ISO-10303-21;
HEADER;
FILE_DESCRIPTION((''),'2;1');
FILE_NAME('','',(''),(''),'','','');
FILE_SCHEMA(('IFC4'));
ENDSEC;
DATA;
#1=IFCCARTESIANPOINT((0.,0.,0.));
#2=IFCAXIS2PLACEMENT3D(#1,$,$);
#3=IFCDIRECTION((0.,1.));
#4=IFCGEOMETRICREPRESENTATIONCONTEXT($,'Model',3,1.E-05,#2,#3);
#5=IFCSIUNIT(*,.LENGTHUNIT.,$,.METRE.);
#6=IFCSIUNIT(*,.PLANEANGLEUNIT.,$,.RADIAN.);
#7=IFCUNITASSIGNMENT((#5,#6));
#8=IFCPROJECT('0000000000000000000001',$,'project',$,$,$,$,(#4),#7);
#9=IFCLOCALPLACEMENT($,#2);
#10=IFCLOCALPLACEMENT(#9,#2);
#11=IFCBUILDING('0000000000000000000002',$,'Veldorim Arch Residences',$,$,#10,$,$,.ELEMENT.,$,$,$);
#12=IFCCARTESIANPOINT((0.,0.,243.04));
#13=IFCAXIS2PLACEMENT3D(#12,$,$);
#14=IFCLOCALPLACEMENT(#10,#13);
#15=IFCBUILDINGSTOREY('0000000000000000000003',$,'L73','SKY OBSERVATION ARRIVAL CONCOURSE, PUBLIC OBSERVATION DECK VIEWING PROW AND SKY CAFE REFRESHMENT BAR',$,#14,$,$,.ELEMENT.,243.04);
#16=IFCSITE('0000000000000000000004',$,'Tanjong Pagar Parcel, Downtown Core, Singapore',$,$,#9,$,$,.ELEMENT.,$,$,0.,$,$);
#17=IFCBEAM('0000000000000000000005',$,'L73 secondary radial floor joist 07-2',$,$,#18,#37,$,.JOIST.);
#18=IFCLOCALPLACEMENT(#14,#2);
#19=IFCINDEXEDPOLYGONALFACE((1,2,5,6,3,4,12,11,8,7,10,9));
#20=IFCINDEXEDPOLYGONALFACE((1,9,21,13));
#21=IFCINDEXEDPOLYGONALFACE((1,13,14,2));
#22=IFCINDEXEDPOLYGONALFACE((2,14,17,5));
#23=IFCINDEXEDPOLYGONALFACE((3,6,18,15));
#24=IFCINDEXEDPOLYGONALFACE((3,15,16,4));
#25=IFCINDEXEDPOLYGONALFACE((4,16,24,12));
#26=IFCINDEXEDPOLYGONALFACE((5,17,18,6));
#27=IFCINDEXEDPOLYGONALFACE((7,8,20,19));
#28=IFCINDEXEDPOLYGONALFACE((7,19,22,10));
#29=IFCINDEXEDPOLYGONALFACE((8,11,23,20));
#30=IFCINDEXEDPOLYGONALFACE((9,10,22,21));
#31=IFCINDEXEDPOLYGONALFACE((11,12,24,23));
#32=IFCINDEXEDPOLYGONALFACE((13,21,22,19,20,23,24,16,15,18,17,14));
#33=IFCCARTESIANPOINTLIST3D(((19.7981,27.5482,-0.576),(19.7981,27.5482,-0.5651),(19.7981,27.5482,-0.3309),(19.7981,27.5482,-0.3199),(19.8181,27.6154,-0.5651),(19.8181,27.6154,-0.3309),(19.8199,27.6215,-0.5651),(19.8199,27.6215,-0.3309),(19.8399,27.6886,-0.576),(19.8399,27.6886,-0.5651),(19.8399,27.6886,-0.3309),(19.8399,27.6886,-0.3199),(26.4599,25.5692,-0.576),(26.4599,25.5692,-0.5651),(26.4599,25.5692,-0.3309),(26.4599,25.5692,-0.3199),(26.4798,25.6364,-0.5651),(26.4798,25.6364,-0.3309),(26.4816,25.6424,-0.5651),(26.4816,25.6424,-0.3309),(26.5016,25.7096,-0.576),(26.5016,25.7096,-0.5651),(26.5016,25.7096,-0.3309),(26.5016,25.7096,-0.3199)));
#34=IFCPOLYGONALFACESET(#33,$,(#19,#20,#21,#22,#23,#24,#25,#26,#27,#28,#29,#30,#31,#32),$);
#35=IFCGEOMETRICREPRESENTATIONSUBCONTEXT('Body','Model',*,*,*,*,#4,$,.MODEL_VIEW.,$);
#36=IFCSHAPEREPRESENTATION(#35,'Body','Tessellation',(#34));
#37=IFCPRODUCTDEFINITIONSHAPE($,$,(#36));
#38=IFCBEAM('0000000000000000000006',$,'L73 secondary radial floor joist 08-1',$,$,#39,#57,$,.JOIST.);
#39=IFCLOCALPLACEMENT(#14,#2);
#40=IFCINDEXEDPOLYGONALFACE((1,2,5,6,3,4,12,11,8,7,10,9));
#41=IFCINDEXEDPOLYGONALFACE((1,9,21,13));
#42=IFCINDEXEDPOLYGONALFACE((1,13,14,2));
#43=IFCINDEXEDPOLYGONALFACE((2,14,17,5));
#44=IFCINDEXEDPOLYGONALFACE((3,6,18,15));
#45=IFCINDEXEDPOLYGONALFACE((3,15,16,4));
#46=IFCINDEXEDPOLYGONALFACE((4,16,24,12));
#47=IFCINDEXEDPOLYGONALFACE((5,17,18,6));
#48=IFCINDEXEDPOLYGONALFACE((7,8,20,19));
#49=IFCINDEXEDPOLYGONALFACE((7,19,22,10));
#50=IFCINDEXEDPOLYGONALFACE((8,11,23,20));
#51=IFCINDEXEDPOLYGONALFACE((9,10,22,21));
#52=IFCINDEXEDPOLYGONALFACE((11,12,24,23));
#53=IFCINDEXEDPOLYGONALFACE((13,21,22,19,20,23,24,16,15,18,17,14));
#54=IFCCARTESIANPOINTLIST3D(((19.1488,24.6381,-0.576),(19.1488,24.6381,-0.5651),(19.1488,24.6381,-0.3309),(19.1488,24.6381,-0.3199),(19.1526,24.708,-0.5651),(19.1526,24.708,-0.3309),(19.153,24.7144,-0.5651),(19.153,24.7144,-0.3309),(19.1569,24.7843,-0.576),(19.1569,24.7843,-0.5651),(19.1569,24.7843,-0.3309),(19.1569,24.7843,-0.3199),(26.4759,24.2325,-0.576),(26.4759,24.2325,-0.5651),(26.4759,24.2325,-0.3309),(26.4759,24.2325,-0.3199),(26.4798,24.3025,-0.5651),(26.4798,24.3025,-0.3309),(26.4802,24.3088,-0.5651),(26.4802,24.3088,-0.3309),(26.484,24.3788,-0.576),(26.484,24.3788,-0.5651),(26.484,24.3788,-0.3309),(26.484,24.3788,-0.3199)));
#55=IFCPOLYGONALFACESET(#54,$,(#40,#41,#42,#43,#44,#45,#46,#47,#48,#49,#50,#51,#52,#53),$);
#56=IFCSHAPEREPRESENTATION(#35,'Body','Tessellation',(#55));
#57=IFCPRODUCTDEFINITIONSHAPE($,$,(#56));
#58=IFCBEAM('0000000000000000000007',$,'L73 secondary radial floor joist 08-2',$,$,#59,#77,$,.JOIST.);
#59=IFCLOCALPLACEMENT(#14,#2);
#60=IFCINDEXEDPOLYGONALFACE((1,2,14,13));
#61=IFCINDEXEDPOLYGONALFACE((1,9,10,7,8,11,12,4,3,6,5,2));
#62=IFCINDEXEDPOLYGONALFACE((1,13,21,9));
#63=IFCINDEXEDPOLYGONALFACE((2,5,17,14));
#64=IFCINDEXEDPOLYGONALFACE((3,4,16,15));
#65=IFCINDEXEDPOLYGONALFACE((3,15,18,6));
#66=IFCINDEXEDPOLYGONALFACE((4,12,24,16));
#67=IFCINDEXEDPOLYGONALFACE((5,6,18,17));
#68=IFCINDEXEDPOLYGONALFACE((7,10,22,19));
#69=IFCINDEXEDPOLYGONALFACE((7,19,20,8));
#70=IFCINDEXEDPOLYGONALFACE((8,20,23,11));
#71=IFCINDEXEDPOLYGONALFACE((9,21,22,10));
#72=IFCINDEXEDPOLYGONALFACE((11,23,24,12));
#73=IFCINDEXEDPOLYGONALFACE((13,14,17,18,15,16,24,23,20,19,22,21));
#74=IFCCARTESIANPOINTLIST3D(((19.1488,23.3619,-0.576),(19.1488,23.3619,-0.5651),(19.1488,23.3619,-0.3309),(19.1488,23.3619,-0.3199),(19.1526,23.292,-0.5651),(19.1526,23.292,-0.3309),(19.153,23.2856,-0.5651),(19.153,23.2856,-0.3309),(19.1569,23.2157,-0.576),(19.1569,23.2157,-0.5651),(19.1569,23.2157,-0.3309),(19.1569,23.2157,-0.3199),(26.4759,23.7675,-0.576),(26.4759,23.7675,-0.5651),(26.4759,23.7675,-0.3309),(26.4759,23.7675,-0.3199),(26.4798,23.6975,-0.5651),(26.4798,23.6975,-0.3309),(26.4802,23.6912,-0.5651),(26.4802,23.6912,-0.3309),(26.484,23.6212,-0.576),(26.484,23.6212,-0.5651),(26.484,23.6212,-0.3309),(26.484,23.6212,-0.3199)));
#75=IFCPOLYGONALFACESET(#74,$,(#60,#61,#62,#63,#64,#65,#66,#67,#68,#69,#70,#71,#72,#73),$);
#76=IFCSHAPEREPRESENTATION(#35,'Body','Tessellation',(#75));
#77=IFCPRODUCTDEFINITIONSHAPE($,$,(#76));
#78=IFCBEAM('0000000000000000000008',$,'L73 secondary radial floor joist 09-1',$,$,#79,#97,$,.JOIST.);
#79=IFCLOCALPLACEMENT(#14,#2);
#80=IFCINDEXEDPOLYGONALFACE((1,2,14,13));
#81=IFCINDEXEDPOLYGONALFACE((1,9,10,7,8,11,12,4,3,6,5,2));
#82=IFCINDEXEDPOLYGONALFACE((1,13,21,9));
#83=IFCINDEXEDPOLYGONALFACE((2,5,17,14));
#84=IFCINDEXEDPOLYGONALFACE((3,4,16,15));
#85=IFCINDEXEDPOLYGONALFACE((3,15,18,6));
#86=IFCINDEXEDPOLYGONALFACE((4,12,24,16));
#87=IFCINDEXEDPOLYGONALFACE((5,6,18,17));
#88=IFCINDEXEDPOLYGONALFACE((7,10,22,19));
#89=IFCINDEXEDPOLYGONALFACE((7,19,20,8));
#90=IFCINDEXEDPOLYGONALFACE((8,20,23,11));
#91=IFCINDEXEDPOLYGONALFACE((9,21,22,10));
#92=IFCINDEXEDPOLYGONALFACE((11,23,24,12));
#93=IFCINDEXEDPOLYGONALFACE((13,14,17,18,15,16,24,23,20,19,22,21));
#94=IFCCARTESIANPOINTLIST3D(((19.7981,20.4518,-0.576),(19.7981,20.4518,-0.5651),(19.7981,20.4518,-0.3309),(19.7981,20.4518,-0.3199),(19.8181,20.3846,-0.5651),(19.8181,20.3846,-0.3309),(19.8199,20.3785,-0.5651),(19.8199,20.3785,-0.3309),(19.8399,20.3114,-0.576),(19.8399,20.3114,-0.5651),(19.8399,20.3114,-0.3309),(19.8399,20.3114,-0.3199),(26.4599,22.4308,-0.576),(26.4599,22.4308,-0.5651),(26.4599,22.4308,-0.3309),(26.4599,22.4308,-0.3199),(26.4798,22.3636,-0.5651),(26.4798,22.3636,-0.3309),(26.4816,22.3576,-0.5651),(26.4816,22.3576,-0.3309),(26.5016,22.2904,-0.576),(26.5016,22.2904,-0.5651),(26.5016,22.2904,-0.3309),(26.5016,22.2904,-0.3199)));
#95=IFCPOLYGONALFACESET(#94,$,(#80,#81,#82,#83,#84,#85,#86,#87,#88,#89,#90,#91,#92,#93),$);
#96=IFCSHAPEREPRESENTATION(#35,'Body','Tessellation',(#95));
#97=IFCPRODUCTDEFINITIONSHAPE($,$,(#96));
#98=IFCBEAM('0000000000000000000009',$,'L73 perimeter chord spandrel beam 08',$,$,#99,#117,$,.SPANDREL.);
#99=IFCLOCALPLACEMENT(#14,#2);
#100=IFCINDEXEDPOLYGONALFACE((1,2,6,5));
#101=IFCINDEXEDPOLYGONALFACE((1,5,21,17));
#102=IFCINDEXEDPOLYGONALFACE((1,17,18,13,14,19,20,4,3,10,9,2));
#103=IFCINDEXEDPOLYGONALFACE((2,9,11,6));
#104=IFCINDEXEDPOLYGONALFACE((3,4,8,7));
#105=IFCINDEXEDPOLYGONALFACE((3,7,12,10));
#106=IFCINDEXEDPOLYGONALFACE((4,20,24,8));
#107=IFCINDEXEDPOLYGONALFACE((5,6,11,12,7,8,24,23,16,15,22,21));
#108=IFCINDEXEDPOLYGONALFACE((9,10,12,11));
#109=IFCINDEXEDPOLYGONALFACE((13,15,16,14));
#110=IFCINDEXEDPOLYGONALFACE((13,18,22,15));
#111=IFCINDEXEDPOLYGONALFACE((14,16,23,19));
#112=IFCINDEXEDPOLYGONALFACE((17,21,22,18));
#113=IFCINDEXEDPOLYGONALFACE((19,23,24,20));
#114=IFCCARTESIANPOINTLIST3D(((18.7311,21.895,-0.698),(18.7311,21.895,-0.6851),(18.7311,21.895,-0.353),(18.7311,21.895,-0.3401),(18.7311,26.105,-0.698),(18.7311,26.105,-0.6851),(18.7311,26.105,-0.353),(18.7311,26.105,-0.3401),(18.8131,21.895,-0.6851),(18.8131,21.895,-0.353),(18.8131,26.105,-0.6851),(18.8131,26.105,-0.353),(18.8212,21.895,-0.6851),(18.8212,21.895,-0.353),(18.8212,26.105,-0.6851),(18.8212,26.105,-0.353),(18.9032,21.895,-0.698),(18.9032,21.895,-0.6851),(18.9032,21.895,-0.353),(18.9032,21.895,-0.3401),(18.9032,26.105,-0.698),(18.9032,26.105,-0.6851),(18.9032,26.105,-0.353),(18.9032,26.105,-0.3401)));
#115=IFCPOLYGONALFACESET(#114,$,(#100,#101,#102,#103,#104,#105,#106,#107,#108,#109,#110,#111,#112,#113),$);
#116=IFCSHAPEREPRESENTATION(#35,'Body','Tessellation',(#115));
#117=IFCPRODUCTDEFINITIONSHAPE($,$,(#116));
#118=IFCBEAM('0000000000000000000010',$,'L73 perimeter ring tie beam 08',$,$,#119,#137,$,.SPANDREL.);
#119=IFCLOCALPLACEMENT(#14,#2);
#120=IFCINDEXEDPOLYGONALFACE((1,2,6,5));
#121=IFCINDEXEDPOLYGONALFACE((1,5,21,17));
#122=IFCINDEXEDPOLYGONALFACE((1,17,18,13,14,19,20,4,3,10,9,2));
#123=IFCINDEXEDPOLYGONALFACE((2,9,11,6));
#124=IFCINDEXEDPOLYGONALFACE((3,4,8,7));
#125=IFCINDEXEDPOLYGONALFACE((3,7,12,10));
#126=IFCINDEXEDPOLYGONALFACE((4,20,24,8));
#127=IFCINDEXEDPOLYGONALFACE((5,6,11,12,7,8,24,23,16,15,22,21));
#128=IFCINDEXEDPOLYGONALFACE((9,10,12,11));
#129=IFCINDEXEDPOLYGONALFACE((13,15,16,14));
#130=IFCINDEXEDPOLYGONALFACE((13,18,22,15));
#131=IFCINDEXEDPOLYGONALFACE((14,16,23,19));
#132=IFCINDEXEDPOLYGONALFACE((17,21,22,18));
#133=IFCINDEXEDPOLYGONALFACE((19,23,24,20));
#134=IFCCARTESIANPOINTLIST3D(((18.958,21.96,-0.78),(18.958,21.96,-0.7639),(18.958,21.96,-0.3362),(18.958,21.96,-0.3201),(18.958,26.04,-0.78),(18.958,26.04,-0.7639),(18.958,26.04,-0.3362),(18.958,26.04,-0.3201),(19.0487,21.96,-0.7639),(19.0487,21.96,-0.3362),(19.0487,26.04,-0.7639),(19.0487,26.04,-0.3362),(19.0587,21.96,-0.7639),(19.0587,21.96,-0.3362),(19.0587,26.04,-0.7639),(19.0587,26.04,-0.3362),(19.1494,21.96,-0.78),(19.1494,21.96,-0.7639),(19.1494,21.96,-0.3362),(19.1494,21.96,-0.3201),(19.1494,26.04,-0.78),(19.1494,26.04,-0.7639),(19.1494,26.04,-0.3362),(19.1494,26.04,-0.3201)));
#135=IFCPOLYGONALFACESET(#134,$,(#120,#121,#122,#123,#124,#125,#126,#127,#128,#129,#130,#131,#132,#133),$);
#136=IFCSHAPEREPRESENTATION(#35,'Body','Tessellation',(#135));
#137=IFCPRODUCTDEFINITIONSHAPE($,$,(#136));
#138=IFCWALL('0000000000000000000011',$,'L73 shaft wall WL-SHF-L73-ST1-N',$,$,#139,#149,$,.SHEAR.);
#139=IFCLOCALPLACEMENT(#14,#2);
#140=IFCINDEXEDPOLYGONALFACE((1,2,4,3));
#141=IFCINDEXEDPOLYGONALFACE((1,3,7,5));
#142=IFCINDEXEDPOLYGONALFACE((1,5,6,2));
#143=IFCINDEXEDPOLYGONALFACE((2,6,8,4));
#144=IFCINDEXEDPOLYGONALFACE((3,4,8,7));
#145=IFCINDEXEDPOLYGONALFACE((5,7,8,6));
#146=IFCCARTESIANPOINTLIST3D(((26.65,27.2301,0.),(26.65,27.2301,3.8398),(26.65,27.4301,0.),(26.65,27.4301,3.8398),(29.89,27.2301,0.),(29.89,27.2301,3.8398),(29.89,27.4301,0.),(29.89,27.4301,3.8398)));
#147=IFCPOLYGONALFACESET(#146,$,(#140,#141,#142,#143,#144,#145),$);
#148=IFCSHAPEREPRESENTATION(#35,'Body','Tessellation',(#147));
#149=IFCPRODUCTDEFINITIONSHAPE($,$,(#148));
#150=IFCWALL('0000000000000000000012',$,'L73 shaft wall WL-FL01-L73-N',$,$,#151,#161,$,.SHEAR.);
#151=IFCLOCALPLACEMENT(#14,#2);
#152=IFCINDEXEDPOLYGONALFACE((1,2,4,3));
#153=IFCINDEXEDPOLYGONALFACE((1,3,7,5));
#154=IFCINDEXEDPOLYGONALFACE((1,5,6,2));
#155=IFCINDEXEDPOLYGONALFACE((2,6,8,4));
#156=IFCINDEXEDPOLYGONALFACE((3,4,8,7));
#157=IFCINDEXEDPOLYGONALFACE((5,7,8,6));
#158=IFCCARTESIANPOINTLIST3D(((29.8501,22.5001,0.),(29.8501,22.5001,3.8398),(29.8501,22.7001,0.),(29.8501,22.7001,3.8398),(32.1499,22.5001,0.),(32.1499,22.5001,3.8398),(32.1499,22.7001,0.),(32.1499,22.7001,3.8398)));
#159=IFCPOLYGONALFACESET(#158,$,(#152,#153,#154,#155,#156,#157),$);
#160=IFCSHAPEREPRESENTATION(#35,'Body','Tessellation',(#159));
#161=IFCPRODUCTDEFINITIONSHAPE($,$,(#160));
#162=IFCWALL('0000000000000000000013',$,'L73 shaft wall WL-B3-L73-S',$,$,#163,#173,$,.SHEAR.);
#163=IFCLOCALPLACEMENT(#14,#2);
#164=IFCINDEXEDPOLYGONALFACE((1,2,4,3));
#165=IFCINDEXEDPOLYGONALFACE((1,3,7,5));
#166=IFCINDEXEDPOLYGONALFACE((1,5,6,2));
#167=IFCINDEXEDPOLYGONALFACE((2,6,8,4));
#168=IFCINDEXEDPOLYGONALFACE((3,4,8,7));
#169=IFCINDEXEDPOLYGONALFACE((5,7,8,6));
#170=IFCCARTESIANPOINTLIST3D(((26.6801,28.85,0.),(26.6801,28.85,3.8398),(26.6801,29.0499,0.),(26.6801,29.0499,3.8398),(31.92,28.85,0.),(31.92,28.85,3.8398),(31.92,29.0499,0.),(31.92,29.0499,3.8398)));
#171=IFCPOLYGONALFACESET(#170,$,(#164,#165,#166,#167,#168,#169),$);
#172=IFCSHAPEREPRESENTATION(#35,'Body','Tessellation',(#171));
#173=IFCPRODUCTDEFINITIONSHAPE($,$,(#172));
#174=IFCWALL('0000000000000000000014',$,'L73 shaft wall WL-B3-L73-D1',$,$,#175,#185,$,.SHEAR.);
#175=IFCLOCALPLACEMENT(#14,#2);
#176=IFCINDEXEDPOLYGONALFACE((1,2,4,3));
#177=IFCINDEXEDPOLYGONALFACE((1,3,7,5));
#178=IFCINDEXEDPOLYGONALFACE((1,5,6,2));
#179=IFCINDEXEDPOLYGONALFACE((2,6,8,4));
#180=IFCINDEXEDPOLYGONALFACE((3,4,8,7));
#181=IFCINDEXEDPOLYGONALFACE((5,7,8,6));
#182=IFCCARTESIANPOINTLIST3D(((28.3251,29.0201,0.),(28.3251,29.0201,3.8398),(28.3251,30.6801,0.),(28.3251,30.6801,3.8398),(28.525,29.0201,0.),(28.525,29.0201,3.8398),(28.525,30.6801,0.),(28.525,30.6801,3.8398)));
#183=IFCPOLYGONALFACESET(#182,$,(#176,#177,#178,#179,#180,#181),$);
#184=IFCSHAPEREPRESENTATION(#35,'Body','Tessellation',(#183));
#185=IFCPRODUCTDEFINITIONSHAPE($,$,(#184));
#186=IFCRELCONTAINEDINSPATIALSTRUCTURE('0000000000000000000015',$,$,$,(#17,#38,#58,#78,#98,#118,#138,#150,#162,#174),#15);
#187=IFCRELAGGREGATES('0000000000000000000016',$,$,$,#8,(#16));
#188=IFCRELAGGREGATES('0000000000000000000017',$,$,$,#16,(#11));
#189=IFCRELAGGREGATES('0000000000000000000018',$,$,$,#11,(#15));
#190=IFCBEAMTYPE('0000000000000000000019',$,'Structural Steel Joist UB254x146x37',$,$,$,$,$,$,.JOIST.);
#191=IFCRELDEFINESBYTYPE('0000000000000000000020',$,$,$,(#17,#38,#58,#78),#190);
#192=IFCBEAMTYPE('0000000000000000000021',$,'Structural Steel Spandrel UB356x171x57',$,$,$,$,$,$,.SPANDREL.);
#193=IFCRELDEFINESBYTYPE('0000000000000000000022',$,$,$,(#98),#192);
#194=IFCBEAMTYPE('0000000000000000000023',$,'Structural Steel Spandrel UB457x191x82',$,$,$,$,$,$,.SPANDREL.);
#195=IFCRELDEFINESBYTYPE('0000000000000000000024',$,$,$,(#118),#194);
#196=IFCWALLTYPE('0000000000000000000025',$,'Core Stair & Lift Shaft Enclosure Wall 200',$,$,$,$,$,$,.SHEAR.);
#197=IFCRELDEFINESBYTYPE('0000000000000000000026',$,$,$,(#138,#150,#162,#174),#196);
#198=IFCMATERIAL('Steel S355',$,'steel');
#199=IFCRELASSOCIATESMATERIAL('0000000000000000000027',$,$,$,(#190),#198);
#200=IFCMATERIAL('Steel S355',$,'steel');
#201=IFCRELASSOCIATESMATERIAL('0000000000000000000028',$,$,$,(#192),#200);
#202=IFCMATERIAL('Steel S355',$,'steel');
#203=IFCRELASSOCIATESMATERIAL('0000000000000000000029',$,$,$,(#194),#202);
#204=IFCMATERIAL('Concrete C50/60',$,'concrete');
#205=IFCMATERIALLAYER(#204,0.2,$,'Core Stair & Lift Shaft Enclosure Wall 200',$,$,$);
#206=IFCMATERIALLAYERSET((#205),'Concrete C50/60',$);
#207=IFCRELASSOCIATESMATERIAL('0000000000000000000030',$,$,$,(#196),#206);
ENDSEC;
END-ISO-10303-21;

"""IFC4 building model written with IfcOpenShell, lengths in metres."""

from ifc_helpers import new_model, si_unit, direction, frame, frame_2d, origin, origin_2d, place, context, subcontext, project, spatial, rectangle, i_section, extrude, material, layer, layer_set, material_profile, profile_set, type_object, element, save


model = new_model("IFC4")

# Units and contexts
model_context = context("Model", 3, precision=1e-05, world=origin(), true_north=direction((0.0, 1.0)))
body_context = subcontext(model_context, "Body", "Model", "MODEL_VIEW")
ifc_project = project(units=[si_unit("LENGTHUNIT", "METRE"), si_unit("PLANEANGLEUNIT", "RADIAN")], contexts=[model_context])

# Site, building, storey
site_placement = place(None, origin())
site = spatial("IfcSite", under=ifc_project, at=site_placement, Name="Tanjong Pagar Parcel, Downtown Core, Singapore", CompositionType="ELEMENT", RefElevation=0.0)
building_placement = place(site_placement, origin())
building = spatial("IfcBuilding", under=site, at=building_placement, Name="Veldorim Arch Residences", CompositionType="ELEMENT")
storey_placement = place(building_placement, frame((0.0, 0.0, 243.04)))
storey = spatial("IfcBuildingStorey", under=building, at=storey_placement, Name="L73", Description="SKY OBSERVATION ARRIVAL CONCOURSE, PUBLIC OBSERVATION DECK VIEWING PROW AND SKY CAFE REFRESHMENT BAR", CompositionType="ELEMENT", Elevation=243.04)

# Beams
ifc_material_1 = material(Name="Steel S355", Category="steel")
ifc_material_profile_1 = material_profile(ifc_material_1, i_section(OverallWidth=0.1465, OverallDepth=0.2561, WebThickness=0.0063, FlangeThickness=0.011, at=origin_2d()), Name="UB254x146x37")
ifc_profile_set_1 = profile_set([ifc_material_profile_1], Name="Steel S355")
beam_type_1 = type_object("IfcBeamType", Name="Structural Steel Joist UB254x146x37", PredefinedType="JOIST", material=ifc_profile_set_1)
beam_1_placement = place(storey_placement, frame((26.4807, 25.6394, -0.448), z_axis=(-0.958594, 0.284775, 0.0), x_axis=(-0.284775, -0.958594, 0.0)))
element("IfcBeam", 1, at=beam_1_placement, inside=storey, type_object=beam_type_1, Name="L73 secondary radial floor joist 07-2", PredefinedType="JOIST", context=body_context, shape_type="SweptSolid", body=[
    extrude(i_section(OverallWidth=0.1465, OverallDepth=0.2561, WebThickness=0.0063, FlangeThickness=0.011, at=origin_2d()), origin(), (0.0, 0.0, 1.0), 6.9495),
])
for number, where, z_axis, x_axis, name in (
    (2, (26.48, 24.3057, -0.448), (-0.998472, 0.05526, 0.0), (-0.05526, -0.998472, 0.0), "L73 secondary radial floor joist 08-1"),
    (3, (26.48, 23.6943, -0.448), (-0.998472, -0.05526, 0.0), (0.05526, -0.998472, 0.0), "L73 secondary radial floor joist 08-2"),
):
    element("IfcBeam", number, at=place(storey_placement, frame(where, z_axis=z_axis, x_axis=x_axis)), inside=storey, type_object=beam_type_1, Name=name, PredefinedType="JOIST", context=body_context, shape_type="SweptSolid", body=[
        extrude(i_section(OverallWidth=0.1465, OverallDepth=0.2561, WebThickness=0.0063, FlangeThickness=0.011, at=origin_2d()), origin(), (0.0, 0.0, 1.0), 7.3384),
    ])
beam_2_placement = place(storey_placement, frame((26.4807, 22.3606, -0.448), z_axis=(-0.958594, -0.284775, 0.0), x_axis=(0.284775, -0.958594, 0.0)))
element("IfcBeam", 4, at=beam_2_placement, inside=storey, type_object=beam_type_1, Name="L73 secondary radial floor joist 09-1", PredefinedType="JOIST", context=body_context, shape_type="SweptSolid", body=[
    extrude(i_section(OverallWidth=0.1465, OverallDepth=0.2561, WebThickness=0.0063, FlangeThickness=0.011, at=origin_2d()), origin(), (0.0, 0.0, 1.0), 6.9495),
])
ifc_material_2 = material(Name="Steel S355", Category="steel")
ifc_material_profile_2 = material_profile(ifc_material_2, i_section(OverallWidth=0.1721, OverallDepth=0.3579, WebThickness=0.0081, FlangeThickness=0.0129, at=origin_2d()), Name="UB356x171x57")
ifc_profile_set_2 = profile_set([ifc_material_profile_2], Name="Steel S355")
beam_type_2 = type_object("IfcBeamType", Name="Structural Steel Spandrel UB356x171x57", PredefinedType="SPANDREL", material=ifc_profile_set_2)
beam_3_placement = place(storey_placement, frame((18.8171, 26.105, -0.519), z_axis=(0.0, -1.0, 0.0), x_axis=(1.0, 0.0, 0.0)))
element("IfcBeam", 5, at=beam_3_placement, inside=storey, type_object=beam_type_2, Name="L73 perimeter chord spandrel beam 08", PredefinedType="SPANDREL", context=body_context, shape_type="SweptSolid", body=[
    extrude(i_section(OverallWidth=0.1721, OverallDepth=0.3579, WebThickness=0.0081, FlangeThickness=0.0129, at=origin_2d()), origin(), (0.0, 0.0, 1.0), 4.21),
])
ifc_material_3 = material(Name="Steel S355", Category="steel")
ifc_material_profile_3 = material_profile(ifc_material_3, i_section(OverallWidth=0.1914, OverallDepth=0.46, WebThickness=0.01, FlangeThickness=0.0161, at=origin_2d()), Name="UB457x191x82")
ifc_profile_set_3 = profile_set([ifc_material_profile_3], Name="Steel S355")
beam_type_3 = type_object("IfcBeamType", Name="Structural Steel Spandrel UB457x191x82", PredefinedType="SPANDREL", material=ifc_profile_set_3)
beam_4_placement = place(storey_placement, frame((19.0537, 26.04, -0.55), z_axis=(0.0, -1.0, 0.0), x_axis=(1.0, 0.0, 0.0)))
element("IfcBeam", 6, at=beam_4_placement, inside=storey, type_object=beam_type_3, Name="L73 perimeter ring tie beam 08", PredefinedType="SPANDREL", context=body_context, shape_type="SweptSolid", body=[
    extrude(i_section(OverallWidth=0.1914, OverallDepth=0.46, WebThickness=0.01, FlangeThickness=0.0161, at=origin_2d()), origin(), (0.0, 0.0, 1.0), 4.0801),
])

# Walls
ifc_material_4 = material(Name="Concrete C50/60", Category="concrete")
ifc_layer_1 = layer(ifc_material_4, 0.2, Name="Core Stair & Lift Shaft Enclosure Wall 200")
ifc_layer_set_1 = layer_set([ifc_layer_1], Name="Concrete C50/60")
wall_type_1 = type_object("IfcWallType", Name="Core Stair & Lift Shaft Enclosure Wall 200", PredefinedType="SHEAR", material=ifc_layer_set_1)
wall_1_placement = place(storey_placement, frame((26.6499, 27.3301, 0.0), z_axis=(0.0, 0.0, 1.0), x_axis=(1.0, 0.0, 0.0)))
element("IfcWall", 7, at=wall_1_placement, inside=storey, type_object=wall_type_1, Name="L73 shaft wall WL-SHF-L73-ST1-N", PredefinedType="SHEAR", context=body_context, shape_type="SweptSolid", body=[
    extrude(rectangle(XDim=3.24, YDim=0.2, at=frame_2d((1.6201, 0.0))), origin(), (0.0, 0.0, 1.0), 3.8398),
])
wall_2_placement = place(storey_placement, frame((29.8501, 22.6001, 0.0), z_axis=(0.0, 0.0, 1.0), x_axis=(1.0, 0.0, 0.0)))
element("IfcWall", 8, at=wall_2_placement, inside=storey, type_object=wall_type_1, Name="L73 shaft wall WL-FL01-L73-N", PredefinedType="SHEAR", context=body_context, shape_type="SweptSolid", body=[
    extrude(rectangle(XDim=2.2998, YDim=0.2, at=frame_2d((1.1499, 0.0))), origin(), (0.0, 0.0, 1.0), 3.8398),
])
wall_3_placement = place(storey_placement, frame((26.6799, 28.95, 0.0), z_axis=(0.0, 0.0, 1.0), x_axis=(1.0, 0.0, 0.0)))
element("IfcWall", 9, at=wall_3_placement, inside=storey, type_object=wall_type_1, Name="L73 shaft wall WL-B3-L73-S", PredefinedType="SHEAR", context=body_context, shape_type="SweptSolid", body=[
    extrude(rectangle(XDim=5.24, YDim=0.2, at=frame_2d((2.6201, 0.0))), origin(), (0.0, 0.0, 1.0), 3.8398),
])
for number, where, z_axis, x_axis, name in (
    (10, (28.425, 29.02, 0.0), (0.0, 0.0, 1.0), (0.0, 1.0, 0.0), "L73 shaft wall WL-B3-L73-D1"),
):
    element("IfcWall", number, at=place(storey_placement, frame(where, z_axis=z_axis, x_axis=x_axis)), inside=storey, type_object=wall_type_1, Name=name, PredefinedType="SHEAR", context=body_context, shape_type="SweptSolid", body=[
        extrude(rectangle(XDim=1.6599, YDim=0.2, at=frame_2d((0.8301, 0.0))), origin(), (0.0, 0.0, 1.0), 3.8398),
    ])

save(model, "model.ifc")
